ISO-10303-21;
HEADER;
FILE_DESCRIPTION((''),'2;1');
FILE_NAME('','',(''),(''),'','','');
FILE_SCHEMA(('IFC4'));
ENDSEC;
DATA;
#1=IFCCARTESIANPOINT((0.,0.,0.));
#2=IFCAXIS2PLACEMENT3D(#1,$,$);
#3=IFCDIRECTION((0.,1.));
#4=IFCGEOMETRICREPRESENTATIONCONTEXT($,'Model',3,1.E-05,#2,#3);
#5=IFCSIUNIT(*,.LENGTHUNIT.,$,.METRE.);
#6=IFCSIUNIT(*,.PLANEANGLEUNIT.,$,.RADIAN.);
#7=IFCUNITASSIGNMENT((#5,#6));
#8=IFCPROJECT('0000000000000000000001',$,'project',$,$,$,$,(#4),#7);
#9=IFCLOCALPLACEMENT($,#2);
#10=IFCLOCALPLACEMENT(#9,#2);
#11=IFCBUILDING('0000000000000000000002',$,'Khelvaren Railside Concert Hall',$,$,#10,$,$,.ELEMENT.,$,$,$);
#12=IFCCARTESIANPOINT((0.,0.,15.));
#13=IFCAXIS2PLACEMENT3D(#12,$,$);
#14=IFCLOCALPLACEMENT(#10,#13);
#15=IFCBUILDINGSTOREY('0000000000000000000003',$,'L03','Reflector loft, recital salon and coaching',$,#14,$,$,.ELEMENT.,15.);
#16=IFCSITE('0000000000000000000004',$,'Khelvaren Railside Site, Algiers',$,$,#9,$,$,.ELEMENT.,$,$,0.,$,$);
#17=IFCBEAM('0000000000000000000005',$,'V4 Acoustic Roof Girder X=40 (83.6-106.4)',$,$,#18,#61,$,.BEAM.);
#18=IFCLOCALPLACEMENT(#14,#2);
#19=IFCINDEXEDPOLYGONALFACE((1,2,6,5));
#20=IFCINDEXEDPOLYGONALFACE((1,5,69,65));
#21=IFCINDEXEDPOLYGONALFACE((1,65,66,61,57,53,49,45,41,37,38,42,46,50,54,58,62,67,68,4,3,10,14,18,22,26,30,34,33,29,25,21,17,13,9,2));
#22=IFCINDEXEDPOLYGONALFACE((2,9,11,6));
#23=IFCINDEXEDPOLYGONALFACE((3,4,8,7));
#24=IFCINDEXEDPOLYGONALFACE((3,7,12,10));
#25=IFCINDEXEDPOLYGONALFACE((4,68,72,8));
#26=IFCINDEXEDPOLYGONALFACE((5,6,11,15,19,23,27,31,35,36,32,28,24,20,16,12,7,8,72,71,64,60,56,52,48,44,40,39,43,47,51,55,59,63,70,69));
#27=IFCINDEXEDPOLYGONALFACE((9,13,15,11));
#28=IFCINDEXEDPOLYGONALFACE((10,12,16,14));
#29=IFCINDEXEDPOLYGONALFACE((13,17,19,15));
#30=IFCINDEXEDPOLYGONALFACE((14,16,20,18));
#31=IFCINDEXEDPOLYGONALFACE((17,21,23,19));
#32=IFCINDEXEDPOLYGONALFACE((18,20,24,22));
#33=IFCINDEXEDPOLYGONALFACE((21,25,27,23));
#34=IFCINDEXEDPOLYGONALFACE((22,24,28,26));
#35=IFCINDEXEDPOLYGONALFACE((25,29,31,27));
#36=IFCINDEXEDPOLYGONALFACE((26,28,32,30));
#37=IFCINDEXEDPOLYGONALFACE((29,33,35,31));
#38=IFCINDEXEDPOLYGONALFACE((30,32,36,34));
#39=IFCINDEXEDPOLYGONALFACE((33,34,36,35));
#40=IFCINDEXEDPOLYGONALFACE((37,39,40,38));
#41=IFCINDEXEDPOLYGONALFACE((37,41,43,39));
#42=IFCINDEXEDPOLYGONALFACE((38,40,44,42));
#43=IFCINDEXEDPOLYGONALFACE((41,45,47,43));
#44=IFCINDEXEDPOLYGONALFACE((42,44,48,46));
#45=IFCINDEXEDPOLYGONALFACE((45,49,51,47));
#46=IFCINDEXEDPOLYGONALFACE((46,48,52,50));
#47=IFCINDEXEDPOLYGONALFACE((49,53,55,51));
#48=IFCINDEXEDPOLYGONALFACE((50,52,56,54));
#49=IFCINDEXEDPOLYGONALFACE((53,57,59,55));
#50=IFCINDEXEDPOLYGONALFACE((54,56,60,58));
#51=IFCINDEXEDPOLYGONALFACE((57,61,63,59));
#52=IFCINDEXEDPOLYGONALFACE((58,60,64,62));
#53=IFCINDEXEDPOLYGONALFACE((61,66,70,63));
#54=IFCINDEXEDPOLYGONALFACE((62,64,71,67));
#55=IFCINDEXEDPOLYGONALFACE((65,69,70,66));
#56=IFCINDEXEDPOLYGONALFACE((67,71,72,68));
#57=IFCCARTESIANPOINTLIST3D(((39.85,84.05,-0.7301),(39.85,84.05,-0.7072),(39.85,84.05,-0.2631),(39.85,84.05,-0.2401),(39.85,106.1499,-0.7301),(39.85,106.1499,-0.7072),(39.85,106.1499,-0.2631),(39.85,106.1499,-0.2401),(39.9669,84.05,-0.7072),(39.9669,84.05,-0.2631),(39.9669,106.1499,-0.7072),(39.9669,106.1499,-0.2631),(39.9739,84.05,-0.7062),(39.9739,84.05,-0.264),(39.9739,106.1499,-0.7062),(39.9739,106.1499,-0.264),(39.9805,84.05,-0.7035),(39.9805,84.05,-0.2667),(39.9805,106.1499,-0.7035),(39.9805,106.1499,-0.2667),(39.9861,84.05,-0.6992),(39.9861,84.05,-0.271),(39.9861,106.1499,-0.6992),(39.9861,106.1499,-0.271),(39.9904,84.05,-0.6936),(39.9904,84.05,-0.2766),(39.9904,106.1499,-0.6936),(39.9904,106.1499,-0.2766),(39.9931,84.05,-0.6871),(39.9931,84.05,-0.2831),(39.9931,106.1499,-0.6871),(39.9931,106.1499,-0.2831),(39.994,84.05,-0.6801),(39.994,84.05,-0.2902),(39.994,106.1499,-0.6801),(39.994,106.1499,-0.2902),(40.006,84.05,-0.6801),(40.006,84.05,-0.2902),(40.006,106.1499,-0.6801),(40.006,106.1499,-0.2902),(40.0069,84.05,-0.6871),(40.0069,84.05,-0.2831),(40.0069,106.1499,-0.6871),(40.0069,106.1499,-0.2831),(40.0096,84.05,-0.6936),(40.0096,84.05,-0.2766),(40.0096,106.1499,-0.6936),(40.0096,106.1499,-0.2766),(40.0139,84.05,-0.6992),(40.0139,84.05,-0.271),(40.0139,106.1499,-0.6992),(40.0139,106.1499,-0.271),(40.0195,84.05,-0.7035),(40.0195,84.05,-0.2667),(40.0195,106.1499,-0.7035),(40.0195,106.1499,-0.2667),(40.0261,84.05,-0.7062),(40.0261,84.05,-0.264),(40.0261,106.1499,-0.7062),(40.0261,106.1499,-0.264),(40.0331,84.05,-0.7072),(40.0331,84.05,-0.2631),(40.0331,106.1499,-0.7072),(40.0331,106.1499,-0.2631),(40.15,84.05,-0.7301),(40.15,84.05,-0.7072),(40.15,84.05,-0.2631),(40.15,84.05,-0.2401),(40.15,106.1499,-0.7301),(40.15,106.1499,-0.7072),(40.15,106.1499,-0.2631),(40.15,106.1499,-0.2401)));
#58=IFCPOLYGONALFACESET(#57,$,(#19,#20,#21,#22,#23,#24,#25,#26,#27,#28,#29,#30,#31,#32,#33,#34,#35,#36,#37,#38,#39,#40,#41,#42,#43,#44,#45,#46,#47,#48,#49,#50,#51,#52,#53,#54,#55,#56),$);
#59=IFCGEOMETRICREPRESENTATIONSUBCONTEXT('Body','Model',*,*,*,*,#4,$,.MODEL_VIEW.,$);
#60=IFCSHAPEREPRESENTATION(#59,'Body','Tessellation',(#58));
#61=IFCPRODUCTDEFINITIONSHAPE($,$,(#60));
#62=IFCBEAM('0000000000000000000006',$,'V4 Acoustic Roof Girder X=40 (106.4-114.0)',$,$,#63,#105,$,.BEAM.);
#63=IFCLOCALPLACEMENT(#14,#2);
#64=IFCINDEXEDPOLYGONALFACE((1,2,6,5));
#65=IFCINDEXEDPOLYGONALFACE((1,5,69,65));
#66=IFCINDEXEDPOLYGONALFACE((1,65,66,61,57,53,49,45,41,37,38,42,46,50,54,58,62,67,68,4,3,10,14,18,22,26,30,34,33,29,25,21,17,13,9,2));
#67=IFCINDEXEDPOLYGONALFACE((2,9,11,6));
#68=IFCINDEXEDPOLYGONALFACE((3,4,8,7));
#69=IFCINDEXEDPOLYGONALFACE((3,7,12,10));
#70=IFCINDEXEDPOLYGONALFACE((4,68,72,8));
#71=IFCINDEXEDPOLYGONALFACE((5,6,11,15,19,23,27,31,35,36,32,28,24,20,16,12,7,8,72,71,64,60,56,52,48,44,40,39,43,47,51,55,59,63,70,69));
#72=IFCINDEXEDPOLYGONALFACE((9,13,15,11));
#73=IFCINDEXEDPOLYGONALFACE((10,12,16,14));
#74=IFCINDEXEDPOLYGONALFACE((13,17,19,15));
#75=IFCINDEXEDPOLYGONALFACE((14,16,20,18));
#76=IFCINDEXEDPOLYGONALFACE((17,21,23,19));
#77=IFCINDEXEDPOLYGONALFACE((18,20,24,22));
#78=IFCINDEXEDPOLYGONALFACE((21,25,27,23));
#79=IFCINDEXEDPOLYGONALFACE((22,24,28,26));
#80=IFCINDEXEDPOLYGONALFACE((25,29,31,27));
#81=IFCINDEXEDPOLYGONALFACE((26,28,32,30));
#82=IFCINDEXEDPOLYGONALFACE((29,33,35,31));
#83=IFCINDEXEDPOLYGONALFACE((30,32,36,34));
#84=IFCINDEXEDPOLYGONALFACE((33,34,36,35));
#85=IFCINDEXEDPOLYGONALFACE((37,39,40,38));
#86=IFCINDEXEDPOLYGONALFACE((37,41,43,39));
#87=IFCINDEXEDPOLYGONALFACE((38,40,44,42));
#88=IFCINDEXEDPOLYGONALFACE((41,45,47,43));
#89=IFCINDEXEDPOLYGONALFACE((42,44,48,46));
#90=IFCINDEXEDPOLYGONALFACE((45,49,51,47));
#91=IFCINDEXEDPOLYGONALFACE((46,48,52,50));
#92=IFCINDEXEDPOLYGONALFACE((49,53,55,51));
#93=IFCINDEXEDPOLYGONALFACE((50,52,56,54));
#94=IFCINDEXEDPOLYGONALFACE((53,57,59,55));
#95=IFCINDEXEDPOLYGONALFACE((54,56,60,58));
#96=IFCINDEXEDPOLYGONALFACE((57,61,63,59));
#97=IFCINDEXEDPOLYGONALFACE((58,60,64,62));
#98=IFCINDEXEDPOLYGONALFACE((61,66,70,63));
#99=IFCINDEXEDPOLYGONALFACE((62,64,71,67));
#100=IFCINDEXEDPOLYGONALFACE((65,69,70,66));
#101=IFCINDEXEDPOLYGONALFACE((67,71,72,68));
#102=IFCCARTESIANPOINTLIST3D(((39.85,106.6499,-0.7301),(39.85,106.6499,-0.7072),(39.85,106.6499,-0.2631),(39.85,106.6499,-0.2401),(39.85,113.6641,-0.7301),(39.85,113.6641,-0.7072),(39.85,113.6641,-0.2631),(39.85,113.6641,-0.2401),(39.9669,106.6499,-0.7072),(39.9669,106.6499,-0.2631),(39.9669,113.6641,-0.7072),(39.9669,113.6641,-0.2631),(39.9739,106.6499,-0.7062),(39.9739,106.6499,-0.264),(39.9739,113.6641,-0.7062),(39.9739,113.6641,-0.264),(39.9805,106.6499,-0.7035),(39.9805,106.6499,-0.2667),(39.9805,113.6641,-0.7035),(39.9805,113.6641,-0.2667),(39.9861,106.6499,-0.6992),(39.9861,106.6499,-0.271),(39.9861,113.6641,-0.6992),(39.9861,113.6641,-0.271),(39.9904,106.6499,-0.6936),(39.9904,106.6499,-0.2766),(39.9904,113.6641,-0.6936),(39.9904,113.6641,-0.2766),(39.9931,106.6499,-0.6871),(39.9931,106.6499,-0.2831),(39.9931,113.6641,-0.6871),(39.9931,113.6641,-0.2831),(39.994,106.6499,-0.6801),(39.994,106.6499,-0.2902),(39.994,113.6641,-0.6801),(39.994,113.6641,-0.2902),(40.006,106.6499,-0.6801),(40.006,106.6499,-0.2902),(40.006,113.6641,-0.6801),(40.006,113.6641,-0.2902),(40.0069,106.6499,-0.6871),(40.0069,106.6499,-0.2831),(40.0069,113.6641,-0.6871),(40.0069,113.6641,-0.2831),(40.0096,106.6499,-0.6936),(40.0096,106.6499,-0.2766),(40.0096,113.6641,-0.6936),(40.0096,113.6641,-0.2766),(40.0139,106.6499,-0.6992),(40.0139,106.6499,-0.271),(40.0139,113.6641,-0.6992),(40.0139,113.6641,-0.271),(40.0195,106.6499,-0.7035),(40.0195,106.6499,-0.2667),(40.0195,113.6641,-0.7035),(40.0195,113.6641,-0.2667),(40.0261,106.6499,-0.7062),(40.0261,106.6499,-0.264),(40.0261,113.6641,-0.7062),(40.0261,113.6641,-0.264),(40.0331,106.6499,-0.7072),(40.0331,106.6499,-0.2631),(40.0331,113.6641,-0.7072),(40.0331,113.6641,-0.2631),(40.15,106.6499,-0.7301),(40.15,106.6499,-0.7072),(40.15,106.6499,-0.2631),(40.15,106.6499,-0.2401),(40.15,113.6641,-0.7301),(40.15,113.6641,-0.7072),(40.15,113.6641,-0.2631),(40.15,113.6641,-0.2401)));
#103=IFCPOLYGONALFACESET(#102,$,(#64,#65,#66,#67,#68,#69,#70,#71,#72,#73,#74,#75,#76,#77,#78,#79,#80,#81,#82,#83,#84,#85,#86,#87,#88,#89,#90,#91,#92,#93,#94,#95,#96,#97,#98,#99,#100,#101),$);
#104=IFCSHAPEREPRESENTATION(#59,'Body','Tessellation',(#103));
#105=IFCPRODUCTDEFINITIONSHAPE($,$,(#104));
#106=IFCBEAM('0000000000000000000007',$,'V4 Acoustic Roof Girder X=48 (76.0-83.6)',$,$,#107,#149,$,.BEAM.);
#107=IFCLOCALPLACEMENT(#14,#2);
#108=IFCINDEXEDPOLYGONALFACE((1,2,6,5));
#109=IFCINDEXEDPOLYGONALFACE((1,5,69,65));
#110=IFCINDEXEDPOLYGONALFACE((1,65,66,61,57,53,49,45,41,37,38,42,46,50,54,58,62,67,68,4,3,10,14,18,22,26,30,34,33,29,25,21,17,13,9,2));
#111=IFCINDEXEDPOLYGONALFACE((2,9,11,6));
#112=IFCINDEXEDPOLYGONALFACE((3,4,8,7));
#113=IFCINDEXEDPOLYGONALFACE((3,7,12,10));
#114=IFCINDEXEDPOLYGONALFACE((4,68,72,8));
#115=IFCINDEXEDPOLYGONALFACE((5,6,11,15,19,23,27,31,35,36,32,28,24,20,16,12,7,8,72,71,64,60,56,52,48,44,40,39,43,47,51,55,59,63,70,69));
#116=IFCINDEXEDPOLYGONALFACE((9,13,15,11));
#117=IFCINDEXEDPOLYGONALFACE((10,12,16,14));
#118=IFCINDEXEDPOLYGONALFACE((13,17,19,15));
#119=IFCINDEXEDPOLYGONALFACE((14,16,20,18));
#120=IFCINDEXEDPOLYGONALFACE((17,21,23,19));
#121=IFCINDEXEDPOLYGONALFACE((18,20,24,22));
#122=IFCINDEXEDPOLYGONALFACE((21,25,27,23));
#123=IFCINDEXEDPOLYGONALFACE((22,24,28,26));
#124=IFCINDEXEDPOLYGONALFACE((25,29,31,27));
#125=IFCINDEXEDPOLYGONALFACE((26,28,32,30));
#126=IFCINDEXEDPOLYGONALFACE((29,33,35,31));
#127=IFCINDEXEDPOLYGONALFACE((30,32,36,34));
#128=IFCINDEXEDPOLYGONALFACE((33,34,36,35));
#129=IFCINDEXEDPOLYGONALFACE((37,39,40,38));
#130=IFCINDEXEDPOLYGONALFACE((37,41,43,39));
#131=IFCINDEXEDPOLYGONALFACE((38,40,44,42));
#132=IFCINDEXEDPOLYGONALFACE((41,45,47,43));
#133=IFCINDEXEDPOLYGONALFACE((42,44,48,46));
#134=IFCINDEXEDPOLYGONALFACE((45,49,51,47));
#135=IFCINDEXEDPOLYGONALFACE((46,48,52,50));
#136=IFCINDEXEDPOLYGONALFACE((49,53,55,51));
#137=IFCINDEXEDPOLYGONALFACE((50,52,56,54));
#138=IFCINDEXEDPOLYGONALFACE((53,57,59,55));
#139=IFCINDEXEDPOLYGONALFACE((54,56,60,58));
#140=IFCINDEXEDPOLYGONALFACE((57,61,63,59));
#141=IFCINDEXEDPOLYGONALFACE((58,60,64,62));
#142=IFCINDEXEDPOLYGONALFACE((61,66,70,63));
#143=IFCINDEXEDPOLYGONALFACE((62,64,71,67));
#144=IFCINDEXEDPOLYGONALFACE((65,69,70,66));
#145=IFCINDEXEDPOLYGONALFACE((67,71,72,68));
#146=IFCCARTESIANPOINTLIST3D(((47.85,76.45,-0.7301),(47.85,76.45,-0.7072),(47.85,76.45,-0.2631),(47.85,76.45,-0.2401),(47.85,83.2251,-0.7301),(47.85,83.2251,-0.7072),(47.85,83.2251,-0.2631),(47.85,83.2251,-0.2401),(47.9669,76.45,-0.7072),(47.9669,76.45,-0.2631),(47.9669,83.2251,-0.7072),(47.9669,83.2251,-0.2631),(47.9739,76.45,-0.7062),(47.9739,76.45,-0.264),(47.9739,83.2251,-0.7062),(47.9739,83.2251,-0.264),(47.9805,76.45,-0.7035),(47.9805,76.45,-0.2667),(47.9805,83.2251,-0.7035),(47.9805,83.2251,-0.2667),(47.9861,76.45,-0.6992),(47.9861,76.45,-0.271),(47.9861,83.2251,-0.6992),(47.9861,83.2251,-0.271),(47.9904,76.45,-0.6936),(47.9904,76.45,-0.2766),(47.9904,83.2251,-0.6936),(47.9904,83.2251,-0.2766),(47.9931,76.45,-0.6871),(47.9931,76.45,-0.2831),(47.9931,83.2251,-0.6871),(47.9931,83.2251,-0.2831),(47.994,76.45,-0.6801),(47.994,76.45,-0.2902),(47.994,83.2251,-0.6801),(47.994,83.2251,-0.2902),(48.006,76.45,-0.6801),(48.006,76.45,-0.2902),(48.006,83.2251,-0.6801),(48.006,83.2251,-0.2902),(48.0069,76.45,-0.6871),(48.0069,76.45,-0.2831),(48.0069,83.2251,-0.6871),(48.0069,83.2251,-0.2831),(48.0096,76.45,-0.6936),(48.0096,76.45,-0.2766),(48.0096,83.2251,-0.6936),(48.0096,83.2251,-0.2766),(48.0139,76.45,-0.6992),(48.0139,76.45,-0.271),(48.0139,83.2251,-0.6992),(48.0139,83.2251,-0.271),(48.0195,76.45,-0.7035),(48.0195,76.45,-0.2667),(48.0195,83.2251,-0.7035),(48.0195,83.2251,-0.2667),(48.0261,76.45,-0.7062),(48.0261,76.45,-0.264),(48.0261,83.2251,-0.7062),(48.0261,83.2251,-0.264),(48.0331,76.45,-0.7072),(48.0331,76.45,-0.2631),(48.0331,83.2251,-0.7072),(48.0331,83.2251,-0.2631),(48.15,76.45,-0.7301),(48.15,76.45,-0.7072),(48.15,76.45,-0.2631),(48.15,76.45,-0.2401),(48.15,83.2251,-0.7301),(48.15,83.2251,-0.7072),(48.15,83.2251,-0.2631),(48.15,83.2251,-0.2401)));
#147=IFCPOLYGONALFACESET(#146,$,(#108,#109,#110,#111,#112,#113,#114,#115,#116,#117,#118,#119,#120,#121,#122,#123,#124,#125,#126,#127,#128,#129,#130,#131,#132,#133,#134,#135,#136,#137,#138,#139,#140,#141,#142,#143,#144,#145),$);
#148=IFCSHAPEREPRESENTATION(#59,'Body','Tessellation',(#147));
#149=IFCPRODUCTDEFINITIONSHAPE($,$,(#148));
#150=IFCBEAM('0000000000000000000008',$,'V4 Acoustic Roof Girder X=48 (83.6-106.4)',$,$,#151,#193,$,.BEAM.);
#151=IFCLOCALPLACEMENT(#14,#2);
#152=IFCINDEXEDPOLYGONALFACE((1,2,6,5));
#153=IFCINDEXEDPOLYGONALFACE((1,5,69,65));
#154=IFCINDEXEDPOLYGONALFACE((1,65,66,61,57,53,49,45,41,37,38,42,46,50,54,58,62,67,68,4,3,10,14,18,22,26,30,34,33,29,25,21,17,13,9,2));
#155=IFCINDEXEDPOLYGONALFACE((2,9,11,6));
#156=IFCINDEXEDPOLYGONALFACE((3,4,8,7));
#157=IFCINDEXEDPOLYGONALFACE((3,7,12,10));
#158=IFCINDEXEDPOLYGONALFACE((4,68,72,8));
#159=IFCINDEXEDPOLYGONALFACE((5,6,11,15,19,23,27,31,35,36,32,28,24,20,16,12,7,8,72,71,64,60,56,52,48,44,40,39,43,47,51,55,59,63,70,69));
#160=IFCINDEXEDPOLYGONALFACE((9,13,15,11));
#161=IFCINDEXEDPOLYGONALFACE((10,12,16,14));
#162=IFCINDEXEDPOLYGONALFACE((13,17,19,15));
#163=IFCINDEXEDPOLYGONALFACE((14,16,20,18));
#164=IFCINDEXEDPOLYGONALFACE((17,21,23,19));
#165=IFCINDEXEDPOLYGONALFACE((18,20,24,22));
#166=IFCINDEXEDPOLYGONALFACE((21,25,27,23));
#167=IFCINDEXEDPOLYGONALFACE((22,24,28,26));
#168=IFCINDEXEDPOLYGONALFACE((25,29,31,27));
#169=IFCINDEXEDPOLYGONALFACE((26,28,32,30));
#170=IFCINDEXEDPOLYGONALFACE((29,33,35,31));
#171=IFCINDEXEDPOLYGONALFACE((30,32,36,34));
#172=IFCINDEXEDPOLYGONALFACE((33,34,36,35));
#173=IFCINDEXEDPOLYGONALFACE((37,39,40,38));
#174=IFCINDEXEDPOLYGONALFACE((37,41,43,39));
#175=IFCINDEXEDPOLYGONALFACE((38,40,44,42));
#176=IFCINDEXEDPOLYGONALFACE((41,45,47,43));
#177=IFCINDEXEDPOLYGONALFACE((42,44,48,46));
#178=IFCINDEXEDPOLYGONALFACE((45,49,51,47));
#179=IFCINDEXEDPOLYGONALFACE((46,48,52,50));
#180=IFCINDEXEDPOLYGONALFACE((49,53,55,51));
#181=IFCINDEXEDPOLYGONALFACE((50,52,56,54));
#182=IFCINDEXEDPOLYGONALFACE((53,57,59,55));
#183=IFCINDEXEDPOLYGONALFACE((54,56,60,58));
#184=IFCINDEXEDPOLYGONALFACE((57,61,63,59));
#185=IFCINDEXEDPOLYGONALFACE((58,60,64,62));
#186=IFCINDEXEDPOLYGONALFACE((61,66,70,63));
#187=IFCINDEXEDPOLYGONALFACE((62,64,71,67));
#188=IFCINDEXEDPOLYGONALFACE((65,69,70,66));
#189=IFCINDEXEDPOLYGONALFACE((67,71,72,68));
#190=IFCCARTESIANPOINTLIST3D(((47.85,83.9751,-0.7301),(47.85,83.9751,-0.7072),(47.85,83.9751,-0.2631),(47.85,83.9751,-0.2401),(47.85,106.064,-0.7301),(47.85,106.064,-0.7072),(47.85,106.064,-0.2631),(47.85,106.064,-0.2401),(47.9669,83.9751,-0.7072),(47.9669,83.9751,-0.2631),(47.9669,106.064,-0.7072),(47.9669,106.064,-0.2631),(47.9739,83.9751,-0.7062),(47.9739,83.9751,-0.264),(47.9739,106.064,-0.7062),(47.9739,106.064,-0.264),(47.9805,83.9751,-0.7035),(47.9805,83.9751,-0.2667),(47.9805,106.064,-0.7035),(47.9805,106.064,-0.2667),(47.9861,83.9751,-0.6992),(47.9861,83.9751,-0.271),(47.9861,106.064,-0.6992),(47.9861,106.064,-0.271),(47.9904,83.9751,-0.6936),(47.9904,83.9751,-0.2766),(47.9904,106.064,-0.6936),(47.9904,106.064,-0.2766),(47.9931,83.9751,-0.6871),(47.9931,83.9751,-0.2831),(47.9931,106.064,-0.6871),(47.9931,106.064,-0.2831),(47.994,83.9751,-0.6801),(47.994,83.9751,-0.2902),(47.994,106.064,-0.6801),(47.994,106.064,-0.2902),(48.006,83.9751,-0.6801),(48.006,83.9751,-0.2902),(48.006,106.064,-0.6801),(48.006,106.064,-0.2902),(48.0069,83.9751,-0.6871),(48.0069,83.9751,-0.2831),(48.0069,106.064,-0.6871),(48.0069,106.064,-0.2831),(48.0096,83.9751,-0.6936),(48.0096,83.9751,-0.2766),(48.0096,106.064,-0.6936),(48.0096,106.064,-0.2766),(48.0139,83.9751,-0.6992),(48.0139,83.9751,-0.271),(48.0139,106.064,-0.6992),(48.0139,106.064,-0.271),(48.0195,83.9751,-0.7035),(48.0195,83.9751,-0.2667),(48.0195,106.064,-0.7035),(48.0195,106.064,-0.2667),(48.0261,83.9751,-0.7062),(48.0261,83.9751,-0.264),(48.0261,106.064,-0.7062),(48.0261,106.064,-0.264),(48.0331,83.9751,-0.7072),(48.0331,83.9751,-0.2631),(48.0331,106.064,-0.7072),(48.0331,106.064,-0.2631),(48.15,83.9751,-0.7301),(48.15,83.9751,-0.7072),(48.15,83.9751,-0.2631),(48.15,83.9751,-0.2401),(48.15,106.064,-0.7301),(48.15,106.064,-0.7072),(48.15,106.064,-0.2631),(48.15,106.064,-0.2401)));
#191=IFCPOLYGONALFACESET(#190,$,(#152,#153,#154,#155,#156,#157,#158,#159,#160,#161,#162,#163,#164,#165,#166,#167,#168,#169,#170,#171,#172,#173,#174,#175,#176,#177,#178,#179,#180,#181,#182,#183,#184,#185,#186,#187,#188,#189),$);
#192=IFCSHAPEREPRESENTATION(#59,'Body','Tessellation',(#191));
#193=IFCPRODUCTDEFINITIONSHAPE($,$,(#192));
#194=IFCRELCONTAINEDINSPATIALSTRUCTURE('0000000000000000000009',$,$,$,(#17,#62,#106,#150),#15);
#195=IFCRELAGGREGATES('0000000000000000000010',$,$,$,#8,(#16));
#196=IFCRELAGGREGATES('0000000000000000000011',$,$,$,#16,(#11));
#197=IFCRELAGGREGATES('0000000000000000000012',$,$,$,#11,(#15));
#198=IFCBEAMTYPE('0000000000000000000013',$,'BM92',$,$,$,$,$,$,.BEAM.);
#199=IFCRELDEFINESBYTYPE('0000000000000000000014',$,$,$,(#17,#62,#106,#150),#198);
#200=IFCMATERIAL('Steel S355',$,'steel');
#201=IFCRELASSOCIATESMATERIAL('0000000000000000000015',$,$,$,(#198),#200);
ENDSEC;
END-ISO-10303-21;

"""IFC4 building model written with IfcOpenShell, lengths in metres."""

from ifc_helpers import new_model, si_unit, direction, frame, origin, origin_2d, place, context, subcontext, project, spatial, i_section, extrude, material, material_profile, profile_set, type_object, element, save


model = new_model("IFC4")

# Units and contexts
model_context = context("Model", 3, precision=1e-05, world=origin(), true_north=direction((0.0, 1.0)))
body_context = subcontext(model_context, "Body", "Model", "MODEL_VIEW")
ifc_project = project(units=[si_unit("LENGTHUNIT", "METRE"), si_unit("PLANEANGLEUNIT", "RADIAN")], contexts=[model_context])

# Site, building, storey
site_placement = place(None, origin())
site = spatial("IfcSite", under=ifc_project, at=site_placement, Name="Khelvaren Railside Site, Algiers", CompositionType="ELEMENT", RefElevation=0.0)
building_placement = place(site_placement, origin())
building = spatial("IfcBuilding", under=site, at=building_placement, Name="Khelvaren Railside Concert Hall", CompositionType="ELEMENT")
storey_placement = place(building_placement, frame((0.0, 0.0, 15.0)))
storey = spatial("IfcBuildingStorey", under=building, at=storey_placement, Name="L03", Description="Reflector loft, recital salon and coaching", CompositionType="ELEMENT", Elevation=15.0)

# Beams
ifc_material_1 = material(Name="Steel S355", Category="steel")
ifc_material_profile_1 = material_profile(ifc_material_1, i_section(OverallWidth=0.3, OverallDepth=0.49, WebThickness=0.012, FlangeThickness=0.0229, FilletRadius=0.0271, at=origin_2d()), Name="HEA 500")
ifc_profile_set_1 = profile_set([ifc_material_profile_1], Name="Steel S355")
beam_type = type_object("IfcBeamType", Name="BM92", PredefinedType="BEAM", material=ifc_profile_set_1)
beam_1_placement = place(storey_placement, frame((40.0, 84.05, -0.4851), z_axis=(0.0, 1.0, 0.0), x_axis=(-1.0, 0.0, 0.0)))
element("IfcBeam", 1, at=beam_1_placement, inside=storey, type_object=beam_type, Name="V4 Acoustic Roof Girder X=40 (83.6-106.4)", PredefinedType="BEAM", context=body_context, shape_type="SweptSolid", body=[
    extrude(i_section(OverallWidth=0.3, OverallDepth=0.49, WebThickness=0.012, FlangeThickness=0.0229, FilletRadius=0.0271, at=origin_2d()), origin(), (0.0, 0.0, 1.0), 22.0999),
])
beam_2_placement = place(storey_placement, frame((40.0, 106.6499, -0.4851), z_axis=(0.0, 1.0, 0.0), x_axis=(-1.0, 0.0, 0.0)))
element("IfcBeam", 2, at=beam_2_placement, inside=storey, type_object=beam_type, Name="V4 Acoustic Roof Girder X=40 (106.4-114.0)", PredefinedType="BEAM", context=body_context, shape_type="SweptSolid", body=[
    extrude(i_section(OverallWidth=0.3, OverallDepth=0.49, WebThickness=0.012, FlangeThickness=0.0229, FilletRadius=0.0271, at=origin_2d()), origin(), (0.0, 0.0, 1.0), 7.0142),
])
beam_3_placement = place(storey_placement, frame((48.0, 76.45, -0.4851), z_axis=(0.0, 1.0, 0.0), x_axis=(-1.0, 0.0, 0.0)))
element("IfcBeam", 3, at=beam_3_placement, inside=storey, type_object=beam_type, Name="V4 Acoustic Roof Girder X=48 (76.0-83.6)", PredefinedType="BEAM", context=body_context, shape_type="SweptSolid", body=[
    extrude(i_section(OverallWidth=0.3, OverallDepth=0.49, WebThickness=0.012, FlangeThickness=0.0229, FilletRadius=0.0271, at=origin_2d()), origin(), (0.0, 0.0, 1.0), 6.7751),
])
beam_4_placement = place(storey_placement, frame((48.0, 83.9751, -0.4851), z_axis=(0.0, 1.0, 0.0), x_axis=(-1.0, 0.0, 0.0)))
element("IfcBeam", 4, at=beam_4_placement, inside=storey, type_object=beam_type, Name="V4 Acoustic Roof Girder X=48 (83.6-106.4)", PredefinedType="BEAM", context=body_context, shape_type="SweptSolid", body=[
    extrude(i_section(OverallWidth=0.3, OverallDepth=0.49, WebThickness=0.012, FlangeThickness=0.0229, FilletRadius=0.0271, at=origin_2d()), origin(), (0.0, 0.0, 1.0), 22.0889),
])

save(model, "model.ifc")
